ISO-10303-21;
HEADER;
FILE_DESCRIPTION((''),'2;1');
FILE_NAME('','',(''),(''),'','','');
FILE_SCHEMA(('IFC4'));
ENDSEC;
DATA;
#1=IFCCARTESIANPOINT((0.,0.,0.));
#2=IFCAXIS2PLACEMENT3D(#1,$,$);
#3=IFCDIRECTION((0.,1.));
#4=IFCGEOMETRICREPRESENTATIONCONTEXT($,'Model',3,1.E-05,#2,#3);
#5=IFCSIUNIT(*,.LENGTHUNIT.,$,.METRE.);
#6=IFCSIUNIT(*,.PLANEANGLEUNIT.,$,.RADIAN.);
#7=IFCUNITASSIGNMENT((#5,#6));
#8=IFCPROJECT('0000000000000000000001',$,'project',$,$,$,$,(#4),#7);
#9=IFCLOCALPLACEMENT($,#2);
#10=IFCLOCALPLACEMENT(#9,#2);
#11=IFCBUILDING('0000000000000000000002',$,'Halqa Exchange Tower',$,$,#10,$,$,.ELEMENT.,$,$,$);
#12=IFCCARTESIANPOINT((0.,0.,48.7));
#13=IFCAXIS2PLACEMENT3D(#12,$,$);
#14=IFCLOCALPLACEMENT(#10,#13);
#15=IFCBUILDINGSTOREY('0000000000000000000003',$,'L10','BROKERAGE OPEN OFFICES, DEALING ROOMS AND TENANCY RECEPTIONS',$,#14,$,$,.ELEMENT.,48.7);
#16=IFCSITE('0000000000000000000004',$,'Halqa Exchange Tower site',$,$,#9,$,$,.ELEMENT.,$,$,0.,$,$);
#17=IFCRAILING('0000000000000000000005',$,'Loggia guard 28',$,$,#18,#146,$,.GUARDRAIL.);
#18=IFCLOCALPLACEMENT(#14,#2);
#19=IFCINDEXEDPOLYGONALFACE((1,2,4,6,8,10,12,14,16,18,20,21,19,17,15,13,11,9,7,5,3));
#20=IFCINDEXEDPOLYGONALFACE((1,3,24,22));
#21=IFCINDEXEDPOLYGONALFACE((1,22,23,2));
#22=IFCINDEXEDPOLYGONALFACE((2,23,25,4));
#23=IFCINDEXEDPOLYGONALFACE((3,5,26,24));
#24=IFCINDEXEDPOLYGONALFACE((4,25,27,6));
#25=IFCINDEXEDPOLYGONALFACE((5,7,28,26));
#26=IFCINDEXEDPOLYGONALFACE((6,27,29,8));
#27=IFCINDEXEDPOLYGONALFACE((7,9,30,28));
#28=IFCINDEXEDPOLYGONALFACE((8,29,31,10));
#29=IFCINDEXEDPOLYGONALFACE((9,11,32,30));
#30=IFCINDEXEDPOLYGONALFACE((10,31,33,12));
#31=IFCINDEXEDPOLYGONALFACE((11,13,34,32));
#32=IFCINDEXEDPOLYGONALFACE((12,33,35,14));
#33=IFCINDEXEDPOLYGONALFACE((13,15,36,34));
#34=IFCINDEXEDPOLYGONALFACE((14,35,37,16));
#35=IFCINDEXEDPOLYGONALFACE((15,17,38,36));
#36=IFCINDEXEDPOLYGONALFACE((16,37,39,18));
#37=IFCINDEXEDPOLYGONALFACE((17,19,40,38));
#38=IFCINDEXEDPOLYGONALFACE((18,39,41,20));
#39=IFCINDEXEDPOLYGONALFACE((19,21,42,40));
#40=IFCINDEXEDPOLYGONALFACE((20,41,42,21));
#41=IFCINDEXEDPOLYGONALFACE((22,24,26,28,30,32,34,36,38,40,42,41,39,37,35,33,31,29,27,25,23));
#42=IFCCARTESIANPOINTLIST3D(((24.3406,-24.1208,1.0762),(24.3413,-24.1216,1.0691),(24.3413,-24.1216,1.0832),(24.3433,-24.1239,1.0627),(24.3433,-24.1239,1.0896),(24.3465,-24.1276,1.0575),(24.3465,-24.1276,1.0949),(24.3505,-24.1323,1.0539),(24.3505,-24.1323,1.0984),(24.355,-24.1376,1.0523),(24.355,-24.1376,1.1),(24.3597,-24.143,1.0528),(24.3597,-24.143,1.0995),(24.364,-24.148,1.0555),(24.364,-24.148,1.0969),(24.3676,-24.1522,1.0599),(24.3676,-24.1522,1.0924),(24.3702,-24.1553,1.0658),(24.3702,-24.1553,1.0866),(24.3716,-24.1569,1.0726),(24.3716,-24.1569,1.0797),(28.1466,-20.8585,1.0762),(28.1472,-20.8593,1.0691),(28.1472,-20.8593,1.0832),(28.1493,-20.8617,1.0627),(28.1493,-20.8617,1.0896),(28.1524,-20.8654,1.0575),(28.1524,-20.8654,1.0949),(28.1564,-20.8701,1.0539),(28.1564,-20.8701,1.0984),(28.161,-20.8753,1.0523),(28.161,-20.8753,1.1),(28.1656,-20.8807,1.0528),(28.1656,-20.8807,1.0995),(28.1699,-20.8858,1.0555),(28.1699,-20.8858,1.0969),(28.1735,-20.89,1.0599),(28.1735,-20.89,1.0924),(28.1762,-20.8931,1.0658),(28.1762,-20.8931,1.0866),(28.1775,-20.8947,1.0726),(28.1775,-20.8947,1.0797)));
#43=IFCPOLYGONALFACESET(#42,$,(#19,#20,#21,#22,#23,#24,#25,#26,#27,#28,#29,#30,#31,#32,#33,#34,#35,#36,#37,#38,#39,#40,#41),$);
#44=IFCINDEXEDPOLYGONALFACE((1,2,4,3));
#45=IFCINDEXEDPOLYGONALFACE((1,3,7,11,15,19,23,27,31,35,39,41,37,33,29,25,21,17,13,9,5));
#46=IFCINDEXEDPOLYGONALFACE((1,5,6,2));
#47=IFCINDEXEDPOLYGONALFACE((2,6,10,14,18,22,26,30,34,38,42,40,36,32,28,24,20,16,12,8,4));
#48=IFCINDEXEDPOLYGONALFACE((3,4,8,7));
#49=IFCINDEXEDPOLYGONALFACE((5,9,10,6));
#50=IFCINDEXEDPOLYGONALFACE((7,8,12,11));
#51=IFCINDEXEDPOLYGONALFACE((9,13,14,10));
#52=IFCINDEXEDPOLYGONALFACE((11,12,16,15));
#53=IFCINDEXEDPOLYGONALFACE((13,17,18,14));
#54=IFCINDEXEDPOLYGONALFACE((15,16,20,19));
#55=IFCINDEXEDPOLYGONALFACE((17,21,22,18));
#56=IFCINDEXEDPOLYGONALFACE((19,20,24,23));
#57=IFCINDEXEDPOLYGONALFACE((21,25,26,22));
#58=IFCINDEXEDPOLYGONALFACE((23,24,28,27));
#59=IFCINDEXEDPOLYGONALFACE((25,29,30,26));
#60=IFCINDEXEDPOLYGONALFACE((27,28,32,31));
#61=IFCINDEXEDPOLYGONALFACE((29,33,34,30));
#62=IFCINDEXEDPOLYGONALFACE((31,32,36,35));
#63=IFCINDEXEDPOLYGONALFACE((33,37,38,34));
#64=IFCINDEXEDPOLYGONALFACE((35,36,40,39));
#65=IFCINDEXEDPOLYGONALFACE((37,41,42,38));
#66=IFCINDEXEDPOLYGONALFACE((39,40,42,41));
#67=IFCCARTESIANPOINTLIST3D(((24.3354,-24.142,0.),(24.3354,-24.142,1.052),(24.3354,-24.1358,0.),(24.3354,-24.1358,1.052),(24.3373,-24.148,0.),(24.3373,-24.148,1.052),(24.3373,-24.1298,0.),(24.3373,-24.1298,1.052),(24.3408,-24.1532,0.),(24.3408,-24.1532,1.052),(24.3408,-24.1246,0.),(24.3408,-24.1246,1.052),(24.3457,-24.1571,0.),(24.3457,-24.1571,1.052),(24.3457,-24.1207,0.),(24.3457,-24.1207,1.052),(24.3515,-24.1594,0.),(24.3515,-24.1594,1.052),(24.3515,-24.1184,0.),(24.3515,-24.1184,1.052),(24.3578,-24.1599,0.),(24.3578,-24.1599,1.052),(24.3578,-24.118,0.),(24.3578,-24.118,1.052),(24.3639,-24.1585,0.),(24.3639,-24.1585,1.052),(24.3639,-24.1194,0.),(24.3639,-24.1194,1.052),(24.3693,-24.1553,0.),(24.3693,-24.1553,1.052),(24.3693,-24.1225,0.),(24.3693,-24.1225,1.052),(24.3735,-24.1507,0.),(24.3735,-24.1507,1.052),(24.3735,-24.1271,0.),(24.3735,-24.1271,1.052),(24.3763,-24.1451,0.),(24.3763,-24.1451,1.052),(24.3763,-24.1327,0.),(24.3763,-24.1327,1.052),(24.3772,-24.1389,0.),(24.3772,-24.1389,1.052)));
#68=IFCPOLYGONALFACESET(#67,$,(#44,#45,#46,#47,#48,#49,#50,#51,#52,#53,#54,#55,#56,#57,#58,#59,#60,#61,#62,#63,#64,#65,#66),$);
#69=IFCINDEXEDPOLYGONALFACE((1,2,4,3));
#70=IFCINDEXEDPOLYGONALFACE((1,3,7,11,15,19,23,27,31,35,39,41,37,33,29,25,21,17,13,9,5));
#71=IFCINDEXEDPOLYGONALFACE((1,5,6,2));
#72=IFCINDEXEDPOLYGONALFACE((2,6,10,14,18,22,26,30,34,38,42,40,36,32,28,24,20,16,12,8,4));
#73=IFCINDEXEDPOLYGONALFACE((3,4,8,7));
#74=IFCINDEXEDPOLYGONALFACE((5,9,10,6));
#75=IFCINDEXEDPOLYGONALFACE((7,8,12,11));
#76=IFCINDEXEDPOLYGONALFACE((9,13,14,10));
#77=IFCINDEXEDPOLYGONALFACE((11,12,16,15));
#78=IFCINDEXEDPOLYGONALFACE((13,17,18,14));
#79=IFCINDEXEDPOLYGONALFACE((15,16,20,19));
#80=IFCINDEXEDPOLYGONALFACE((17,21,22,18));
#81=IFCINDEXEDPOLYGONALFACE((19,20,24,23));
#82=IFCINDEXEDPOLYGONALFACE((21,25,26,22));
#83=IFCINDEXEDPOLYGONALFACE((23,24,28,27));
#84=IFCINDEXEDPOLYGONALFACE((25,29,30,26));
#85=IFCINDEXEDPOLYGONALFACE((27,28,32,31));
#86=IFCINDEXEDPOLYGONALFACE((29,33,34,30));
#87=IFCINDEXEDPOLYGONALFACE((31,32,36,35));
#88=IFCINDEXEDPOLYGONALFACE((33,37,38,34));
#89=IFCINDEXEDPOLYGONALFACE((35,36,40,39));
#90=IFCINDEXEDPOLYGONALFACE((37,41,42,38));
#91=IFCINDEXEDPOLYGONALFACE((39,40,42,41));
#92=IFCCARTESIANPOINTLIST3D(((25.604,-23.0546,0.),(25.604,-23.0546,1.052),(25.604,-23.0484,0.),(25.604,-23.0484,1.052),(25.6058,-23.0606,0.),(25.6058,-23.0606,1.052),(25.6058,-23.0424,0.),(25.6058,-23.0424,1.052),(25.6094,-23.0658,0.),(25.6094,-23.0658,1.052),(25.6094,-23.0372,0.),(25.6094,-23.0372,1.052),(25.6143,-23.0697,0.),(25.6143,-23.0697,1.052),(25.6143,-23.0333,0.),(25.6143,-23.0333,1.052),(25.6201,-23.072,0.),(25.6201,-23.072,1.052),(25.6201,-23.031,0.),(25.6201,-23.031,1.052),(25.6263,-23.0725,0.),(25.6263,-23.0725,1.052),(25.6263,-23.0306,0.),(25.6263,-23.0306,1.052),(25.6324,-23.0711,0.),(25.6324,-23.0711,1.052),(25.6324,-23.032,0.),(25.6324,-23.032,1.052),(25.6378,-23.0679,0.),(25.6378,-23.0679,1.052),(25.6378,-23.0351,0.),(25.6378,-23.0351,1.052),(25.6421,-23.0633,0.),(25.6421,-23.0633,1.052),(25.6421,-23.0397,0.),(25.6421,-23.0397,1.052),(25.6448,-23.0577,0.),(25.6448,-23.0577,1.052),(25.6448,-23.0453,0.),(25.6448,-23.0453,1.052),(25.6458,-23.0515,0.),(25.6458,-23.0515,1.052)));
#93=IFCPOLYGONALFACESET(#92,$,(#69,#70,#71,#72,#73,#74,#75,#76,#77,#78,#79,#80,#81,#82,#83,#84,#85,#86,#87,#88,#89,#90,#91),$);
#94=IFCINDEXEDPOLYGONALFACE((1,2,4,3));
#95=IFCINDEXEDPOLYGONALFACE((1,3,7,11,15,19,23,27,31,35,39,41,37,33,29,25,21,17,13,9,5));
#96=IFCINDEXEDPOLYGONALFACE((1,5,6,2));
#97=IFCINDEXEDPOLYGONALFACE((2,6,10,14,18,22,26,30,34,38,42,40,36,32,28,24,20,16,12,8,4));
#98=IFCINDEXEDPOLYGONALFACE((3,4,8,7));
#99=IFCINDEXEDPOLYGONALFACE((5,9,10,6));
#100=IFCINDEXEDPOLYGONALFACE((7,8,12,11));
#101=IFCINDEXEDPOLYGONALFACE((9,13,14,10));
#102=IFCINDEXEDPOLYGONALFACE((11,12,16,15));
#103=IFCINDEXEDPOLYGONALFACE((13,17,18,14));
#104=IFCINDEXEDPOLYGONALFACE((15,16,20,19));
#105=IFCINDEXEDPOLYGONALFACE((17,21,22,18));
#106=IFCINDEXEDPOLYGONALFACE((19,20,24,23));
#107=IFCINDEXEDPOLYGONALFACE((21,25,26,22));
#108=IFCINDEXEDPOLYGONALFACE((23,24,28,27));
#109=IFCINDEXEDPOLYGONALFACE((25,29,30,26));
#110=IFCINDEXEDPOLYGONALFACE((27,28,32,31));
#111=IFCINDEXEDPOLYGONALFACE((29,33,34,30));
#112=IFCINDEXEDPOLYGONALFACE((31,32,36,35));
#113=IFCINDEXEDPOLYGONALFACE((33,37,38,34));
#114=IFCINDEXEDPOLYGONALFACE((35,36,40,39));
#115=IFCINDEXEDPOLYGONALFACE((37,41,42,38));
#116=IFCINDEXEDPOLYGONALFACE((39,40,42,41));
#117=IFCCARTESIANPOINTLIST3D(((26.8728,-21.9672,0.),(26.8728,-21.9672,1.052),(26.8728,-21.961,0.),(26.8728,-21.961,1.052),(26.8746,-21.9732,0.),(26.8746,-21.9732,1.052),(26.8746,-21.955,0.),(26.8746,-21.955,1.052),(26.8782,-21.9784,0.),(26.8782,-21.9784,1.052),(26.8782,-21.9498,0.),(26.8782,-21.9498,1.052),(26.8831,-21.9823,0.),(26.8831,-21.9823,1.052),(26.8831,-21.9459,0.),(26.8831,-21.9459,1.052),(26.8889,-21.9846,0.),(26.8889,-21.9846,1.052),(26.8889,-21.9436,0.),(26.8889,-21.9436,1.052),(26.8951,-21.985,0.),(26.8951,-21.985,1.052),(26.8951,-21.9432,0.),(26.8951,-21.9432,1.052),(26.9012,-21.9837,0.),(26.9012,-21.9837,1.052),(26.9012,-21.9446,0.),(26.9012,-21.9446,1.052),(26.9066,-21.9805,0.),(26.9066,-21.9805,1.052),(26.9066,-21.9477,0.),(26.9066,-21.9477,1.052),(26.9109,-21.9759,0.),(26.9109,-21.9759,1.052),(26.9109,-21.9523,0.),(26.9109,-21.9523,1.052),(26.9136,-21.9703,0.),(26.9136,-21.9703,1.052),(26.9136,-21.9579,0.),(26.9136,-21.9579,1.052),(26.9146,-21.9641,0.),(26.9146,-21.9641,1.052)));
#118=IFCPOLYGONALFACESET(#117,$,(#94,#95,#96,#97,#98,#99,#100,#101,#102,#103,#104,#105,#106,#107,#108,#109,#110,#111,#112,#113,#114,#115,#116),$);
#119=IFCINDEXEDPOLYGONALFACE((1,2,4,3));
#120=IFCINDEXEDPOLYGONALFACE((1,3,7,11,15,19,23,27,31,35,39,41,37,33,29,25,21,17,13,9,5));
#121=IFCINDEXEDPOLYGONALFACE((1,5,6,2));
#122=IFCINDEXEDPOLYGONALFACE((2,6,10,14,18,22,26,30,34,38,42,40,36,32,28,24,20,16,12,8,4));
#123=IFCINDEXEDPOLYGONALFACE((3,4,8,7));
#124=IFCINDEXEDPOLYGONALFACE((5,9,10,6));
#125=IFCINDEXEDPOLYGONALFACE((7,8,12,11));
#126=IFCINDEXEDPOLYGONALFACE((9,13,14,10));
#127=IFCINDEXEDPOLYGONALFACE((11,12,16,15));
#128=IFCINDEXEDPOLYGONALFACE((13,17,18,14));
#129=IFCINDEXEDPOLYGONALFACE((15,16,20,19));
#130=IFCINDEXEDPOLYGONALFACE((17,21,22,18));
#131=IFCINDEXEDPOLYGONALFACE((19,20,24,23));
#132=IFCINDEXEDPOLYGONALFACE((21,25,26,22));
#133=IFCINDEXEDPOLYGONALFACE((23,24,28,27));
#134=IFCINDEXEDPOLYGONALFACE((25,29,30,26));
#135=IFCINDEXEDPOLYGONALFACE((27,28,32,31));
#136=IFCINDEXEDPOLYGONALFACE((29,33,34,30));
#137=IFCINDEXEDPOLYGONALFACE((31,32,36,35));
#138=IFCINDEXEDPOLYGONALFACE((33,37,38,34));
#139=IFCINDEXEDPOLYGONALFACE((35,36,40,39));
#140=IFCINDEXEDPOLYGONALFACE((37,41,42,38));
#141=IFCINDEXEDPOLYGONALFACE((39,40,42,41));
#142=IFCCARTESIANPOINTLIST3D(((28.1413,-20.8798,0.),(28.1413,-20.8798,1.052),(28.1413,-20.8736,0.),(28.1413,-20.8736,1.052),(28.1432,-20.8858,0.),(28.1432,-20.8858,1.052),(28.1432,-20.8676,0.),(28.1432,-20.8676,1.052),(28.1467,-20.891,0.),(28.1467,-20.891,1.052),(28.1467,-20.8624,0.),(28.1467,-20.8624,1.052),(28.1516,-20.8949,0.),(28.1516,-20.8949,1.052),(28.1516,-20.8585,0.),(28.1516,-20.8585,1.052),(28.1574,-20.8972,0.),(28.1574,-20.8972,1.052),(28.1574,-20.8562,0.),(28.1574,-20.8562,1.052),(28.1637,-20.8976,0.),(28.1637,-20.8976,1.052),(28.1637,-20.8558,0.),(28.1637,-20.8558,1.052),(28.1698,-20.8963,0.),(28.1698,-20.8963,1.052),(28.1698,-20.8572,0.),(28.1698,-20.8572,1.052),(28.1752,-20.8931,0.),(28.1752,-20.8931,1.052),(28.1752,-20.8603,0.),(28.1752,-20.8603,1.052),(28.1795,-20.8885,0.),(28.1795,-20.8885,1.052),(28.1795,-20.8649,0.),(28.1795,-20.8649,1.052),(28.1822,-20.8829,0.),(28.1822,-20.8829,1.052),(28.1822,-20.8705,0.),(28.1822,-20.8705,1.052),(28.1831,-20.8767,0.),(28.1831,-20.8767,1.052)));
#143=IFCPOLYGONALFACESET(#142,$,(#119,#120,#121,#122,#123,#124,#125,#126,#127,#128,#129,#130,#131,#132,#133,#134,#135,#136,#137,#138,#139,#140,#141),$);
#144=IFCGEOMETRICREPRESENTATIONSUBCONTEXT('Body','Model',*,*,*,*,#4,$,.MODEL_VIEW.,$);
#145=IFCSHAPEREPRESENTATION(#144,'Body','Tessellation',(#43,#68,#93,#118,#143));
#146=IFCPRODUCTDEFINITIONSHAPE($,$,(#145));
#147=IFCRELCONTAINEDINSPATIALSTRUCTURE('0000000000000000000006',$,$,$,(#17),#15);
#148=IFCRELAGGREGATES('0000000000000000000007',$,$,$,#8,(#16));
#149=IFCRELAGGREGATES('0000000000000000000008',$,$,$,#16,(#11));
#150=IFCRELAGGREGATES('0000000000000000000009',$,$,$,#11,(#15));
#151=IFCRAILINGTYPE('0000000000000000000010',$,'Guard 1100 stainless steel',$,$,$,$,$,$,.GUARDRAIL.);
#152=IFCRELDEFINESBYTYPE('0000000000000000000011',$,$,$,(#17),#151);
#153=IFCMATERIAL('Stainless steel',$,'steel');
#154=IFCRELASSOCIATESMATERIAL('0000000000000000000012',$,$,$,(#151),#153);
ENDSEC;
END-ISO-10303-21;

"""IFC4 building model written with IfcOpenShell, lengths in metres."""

from ifc_helpers import new_model, si_unit, direction, frame, origin, origin_2d, place, context, subcontext, project, spatial, circle, extrude, material, type_object, element, save


model = new_model("IFC4")

# Units and contexts
model_context = context("Model", 3, precision=1e-05, world=origin(), true_north=direction((0.0, 1.0)))
body_context = subcontext(model_context, "Body", "Model", "MODEL_VIEW")
ifc_project = project(units=[si_unit("LENGTHUNIT", "METRE"), si_unit("PLANEANGLEUNIT", "RADIAN")], contexts=[model_context])

# Site, building, storey
site_placement = place(None, origin())
site = spatial("IfcSite", under=ifc_project, at=site_placement, Name="Halqa Exchange Tower site", CompositionType="ELEMENT", RefElevation=0.0)
building_placement = place(site_placement, origin())
building = spatial("IfcBuilding", under=site, at=building_placement, Name="Halqa Exchange Tower", CompositionType="ELEMENT")
storey_placement = place(building_placement, frame((0.0, 0.0, 48.7)))
storey = spatial("IfcBuildingStorey", under=building, at=storey_placement, Name="L10", Description="BROKERAGE OPEN OFFICES, DEALING ROOMS AND TENANCY RECEPTIONS", CompositionType="ELEMENT", Elevation=48.7)

# Railing
ifc_material_1 = material(Name="Stainless steel", Category="steel")
railing_type = type_object("IfcRailingType", Name="Guard 1100 stainless steel", PredefinedType="GUARDRAIL", material=ifc_material_1)
railing_1_placement = place(storey_placement, frame((24.3562, -24.1389, 0.0)))
element("IfcRailing", 1, at=railing_1_placement, inside=storey, type_object=railing_type, Name="Loggia guard 28", PredefinedType="GUARDRAIL", context=body_context, shape_type="SweptSolid", body=[
    extrude(circle(Radius=0.0239, at=origin_2d()), frame((0.0, 0.0, 1.0762), z_axis=(0.759257, 0.650791, 0.0), x_axis=(-0.650791, 0.759257, 0.0)), (0.0, 0.0, 1.0), 5.0127),
    extrude(circle(Radius=0.021, at=origin_2d()), origin(), (0.0, 0.0, 1.0), 1.052),
    extrude(circle(Radius=0.021, at=origin_2d()), frame((1.2686, 1.0874, 0.0)), (0.0, 0.0, 1.0), 1.052),
    extrude(circle(Radius=0.021, at=origin_2d()), frame((2.5374, 2.1748, 0.0)), (0.0, 0.0, 1.0), 1.052),
    extrude(circle(Radius=0.021, at=origin_2d()), frame((3.8059, 3.2622, 0.0)), (0.0, 0.0, 1.0), 1.052),
])

save(model, "model.ifc")
